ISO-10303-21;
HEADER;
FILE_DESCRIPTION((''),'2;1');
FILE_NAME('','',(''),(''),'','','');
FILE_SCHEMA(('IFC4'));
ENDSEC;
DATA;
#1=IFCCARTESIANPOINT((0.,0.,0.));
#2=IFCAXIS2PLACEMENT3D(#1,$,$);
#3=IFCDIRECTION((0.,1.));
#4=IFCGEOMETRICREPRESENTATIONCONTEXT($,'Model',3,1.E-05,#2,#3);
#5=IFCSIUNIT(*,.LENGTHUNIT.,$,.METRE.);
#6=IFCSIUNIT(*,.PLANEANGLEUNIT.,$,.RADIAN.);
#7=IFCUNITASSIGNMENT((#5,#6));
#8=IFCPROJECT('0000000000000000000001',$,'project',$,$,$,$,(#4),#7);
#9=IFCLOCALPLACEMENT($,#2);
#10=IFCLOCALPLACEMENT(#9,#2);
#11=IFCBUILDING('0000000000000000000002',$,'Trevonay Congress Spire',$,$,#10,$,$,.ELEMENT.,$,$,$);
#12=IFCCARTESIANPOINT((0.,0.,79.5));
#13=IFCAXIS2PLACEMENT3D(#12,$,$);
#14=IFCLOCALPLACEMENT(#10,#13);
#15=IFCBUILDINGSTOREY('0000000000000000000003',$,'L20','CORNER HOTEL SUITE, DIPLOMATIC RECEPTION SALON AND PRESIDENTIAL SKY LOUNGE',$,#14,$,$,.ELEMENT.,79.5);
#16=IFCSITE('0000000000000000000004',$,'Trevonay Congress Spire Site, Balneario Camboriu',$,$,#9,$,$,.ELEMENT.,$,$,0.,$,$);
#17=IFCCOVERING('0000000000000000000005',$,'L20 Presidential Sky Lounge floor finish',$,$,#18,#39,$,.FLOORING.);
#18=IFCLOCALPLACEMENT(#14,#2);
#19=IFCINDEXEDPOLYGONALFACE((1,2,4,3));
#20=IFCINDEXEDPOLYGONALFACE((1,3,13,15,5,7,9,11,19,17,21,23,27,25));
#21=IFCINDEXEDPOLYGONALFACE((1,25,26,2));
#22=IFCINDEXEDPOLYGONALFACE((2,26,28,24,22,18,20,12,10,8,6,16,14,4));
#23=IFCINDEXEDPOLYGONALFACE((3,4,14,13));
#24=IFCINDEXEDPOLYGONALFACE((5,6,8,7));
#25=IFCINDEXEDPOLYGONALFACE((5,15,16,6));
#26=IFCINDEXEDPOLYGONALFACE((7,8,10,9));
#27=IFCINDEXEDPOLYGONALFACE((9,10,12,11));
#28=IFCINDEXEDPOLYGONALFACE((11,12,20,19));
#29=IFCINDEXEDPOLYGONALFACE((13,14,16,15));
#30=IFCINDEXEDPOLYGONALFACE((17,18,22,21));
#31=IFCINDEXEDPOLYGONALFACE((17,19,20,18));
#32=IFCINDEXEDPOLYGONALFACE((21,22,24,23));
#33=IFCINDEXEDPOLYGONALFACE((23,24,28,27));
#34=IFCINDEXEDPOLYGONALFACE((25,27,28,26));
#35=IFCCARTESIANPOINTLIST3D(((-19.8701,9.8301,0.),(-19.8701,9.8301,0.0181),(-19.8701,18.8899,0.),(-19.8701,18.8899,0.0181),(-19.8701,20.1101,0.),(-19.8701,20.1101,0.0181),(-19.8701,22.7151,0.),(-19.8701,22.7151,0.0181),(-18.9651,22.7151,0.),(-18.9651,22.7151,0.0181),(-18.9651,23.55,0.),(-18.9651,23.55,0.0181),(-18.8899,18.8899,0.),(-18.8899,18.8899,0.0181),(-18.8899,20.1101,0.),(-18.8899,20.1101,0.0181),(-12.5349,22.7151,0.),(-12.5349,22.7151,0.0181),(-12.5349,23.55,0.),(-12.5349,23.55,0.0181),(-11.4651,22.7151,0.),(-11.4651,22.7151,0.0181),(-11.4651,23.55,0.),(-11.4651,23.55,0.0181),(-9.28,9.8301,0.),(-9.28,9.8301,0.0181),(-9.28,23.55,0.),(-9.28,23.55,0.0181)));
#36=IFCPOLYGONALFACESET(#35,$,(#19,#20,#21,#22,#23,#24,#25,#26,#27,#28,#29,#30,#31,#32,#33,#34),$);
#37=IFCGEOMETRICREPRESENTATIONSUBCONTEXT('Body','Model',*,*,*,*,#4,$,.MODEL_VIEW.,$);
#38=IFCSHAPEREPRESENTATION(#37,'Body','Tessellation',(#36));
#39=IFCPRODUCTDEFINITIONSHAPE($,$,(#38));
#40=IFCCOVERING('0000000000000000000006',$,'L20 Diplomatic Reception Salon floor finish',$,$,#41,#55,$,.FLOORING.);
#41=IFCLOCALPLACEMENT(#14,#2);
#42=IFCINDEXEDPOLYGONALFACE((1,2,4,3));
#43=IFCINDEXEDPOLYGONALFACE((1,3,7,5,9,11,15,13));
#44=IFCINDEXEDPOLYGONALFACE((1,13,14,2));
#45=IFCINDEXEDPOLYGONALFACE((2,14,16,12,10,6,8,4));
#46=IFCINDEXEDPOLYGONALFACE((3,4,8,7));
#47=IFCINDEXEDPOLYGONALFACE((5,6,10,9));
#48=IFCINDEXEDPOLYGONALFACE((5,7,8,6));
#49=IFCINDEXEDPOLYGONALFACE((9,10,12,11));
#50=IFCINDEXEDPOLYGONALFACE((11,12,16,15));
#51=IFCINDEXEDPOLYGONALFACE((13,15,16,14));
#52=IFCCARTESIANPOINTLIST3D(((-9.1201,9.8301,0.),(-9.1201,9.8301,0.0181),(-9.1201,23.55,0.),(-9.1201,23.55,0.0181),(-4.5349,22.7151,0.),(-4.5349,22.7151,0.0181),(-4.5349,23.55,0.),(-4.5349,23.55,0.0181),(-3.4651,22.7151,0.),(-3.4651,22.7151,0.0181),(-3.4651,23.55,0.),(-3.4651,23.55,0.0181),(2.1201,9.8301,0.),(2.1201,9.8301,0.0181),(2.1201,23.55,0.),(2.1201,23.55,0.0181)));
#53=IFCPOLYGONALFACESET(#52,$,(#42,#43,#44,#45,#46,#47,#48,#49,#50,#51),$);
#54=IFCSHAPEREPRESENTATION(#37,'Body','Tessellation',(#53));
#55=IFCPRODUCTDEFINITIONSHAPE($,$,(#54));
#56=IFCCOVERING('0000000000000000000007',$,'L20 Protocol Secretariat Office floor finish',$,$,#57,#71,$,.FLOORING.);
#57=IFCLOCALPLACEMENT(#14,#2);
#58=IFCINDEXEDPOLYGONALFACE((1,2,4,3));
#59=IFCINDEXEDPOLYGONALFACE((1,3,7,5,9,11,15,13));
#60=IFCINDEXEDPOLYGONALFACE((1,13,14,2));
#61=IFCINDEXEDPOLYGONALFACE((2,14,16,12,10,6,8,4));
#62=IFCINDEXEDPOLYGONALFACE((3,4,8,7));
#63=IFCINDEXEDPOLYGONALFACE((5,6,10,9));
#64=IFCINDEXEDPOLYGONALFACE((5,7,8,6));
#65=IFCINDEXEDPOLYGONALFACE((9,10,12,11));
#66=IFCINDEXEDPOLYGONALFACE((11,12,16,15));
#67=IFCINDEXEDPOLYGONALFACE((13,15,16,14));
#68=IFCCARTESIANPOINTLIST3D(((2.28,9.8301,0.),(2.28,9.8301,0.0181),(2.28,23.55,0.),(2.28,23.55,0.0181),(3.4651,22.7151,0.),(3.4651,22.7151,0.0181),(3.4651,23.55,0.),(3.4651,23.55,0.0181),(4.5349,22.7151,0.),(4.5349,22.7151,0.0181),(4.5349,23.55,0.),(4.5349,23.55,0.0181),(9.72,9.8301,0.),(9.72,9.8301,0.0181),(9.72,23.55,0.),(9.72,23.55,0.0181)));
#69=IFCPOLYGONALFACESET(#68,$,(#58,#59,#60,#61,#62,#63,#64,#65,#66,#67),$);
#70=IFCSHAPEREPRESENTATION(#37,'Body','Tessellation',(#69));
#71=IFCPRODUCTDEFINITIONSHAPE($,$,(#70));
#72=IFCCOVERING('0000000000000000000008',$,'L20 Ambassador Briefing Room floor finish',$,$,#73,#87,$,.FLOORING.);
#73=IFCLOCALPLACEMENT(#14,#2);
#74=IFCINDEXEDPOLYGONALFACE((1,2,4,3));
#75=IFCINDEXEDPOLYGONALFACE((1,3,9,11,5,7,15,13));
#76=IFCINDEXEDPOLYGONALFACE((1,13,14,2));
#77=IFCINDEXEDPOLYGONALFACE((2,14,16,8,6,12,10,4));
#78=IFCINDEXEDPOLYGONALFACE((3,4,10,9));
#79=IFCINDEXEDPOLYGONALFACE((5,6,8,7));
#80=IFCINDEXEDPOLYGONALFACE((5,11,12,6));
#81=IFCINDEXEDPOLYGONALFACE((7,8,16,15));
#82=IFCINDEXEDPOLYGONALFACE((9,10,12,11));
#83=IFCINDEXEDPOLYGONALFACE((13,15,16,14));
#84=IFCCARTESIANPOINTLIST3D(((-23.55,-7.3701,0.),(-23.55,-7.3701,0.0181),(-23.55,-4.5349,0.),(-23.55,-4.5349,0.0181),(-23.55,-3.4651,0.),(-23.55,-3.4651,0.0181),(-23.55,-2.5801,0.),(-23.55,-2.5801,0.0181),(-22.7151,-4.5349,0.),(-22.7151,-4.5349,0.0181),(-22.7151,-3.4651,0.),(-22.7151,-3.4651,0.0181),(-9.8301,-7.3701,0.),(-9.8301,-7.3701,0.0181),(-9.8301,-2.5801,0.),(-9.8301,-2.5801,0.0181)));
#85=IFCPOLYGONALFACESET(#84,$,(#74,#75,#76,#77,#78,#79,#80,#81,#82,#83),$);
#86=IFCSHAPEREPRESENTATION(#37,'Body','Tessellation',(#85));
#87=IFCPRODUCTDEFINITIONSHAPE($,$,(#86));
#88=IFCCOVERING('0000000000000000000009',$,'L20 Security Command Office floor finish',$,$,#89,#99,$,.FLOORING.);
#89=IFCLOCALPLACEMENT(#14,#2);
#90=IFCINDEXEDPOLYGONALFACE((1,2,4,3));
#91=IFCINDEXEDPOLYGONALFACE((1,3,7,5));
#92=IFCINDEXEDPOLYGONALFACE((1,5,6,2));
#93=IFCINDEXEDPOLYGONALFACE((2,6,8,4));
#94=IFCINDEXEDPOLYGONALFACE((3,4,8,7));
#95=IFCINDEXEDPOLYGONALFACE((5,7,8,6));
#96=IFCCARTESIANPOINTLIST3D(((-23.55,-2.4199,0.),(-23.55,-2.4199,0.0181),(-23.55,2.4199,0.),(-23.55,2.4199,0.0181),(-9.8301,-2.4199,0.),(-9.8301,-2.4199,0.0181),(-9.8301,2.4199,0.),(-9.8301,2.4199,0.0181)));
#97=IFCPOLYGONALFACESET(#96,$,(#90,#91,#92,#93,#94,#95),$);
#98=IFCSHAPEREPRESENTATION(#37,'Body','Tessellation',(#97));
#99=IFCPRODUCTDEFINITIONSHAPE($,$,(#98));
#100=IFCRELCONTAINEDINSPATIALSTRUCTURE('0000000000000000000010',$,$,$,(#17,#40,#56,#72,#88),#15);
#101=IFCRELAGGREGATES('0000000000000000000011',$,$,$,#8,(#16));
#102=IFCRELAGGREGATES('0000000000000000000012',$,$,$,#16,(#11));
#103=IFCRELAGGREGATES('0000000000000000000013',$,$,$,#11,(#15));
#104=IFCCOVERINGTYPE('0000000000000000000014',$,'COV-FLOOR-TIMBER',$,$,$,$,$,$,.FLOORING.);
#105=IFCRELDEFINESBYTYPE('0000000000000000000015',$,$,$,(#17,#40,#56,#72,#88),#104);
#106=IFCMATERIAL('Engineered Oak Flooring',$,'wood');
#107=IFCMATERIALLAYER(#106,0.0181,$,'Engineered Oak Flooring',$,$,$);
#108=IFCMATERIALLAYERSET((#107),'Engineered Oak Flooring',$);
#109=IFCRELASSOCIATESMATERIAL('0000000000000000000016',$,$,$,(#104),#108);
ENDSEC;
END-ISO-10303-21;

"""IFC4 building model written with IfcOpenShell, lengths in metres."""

from ifc_helpers import new_model, si_unit, direction, frame, origin, place, context, subcontext, project, spatial, polyline, outline, extrude, material, layer, layer_set, type_object, element, save


model = new_model("IFC4")

# Units and contexts
model_context = context("Model", 3, precision=1e-05, world=origin(), true_north=direction((0.0, 1.0)))
body_context = subcontext(model_context, "Body", "Model", "MODEL_VIEW")
ifc_project = project(units=[si_unit("LENGTHUNIT", "METRE"), si_unit("PLANEANGLEUNIT", "RADIAN")], contexts=[model_context])

# Site, building, storey
site_placement = place(None, origin())
site = spatial("IfcSite", under=ifc_project, at=site_placement, Name="Trevonay Congress Spire Site, Balneario Camboriu", CompositionType="ELEMENT", RefElevation=0.0)
building_placement = place(site_placement, origin())
building = spatial("IfcBuilding", under=site, at=building_placement, Name="Trevonay Congress Spire", CompositionType="ELEMENT")
storey_placement = place(building_placement, frame((0.0, 0.0, 79.5)))
storey = spatial("IfcBuildingStorey", under=building, at=storey_placement, Name="L20", Description="CORNER HOTEL SUITE, DIPLOMATIC RECEPTION SALON AND PRESIDENTIAL SKY LOUNGE", CompositionType="ELEMENT", Elevation=79.5)

# Coverings
ifc_material_1 = material(Name="Engineered Oak Flooring", Category="wood")
ifc_layer_1 = layer(ifc_material_1, 0.0181, Name="Engineered Oak Flooring")
ifc_layer_set_1 = layer_set([ifc_layer_1], Name="Engineered Oak Flooring")
covering_type_1 = type_object("IfcCoveringType", Name="COV-FLOOR-TIMBER", PredefinedType="FLOORING", material=ifc_layer_set_1)
covering_1_placement = place(storey_placement, origin())
element("IfcCovering", 1, at=covering_1_placement, inside=storey, type_object=covering_type_1, Name="L20 Presidential Sky Lounge floor finish", PredefinedType="FLOORING", context=body_context, shape_type="SweptSolid", body=[
    extrude(outline(polyline([(-9.28, 23.55), (-9.28, 9.8301), (-19.8701, 9.8301), (-19.8701, 18.8899), (-18.8899, 18.8899), (-18.8899, 20.1101), (-19.8701, 20.1101), (-19.8701, 22.7151), (-18.9651, 22.7151), (-18.9651, 23.55), (-12.5349, 23.55), (-12.5349, 22.7151), (-11.4651, 22.7151), (-11.4651, 23.55), (-9.28, 23.55)])), origin(), (0.0, 0.0, 1.0), 0.0181),
])
covering_2_placement = place(storey_placement, origin())
element("IfcCovering", 2, at=covering_2_placement, inside=storey, type_object=covering_type_1, Name="L20 Diplomatic Reception Salon floor finish", PredefinedType="FLOORING", context=body_context, shape_type="SweptSolid", body=[
    extrude(outline(polyline([(2.1201, 23.55), (2.1201, 9.8301), (-9.1201, 9.8301), (-9.1201, 23.55), (-4.5349, 23.55), (-4.5349, 22.7151), (-3.4651, 22.7151), (-3.4651, 23.55), (2.1201, 23.55)])), origin(), (0.0, 0.0, 1.0), 0.0181),
])
covering_3_placement = place(storey_placement, origin())
element("IfcCovering", 3, at=covering_3_placement, inside=storey, type_object=covering_type_1, Name="L20 Protocol Secretariat Office floor finish", PredefinedType="FLOORING", context=body_context, shape_type="SweptSolid", body=[
    extrude(outline(polyline([(9.72, 23.55), (9.72, 9.8301), (2.28, 9.8301), (2.28, 23.55), (3.4651, 23.55), (3.4651, 22.7151), (4.5349, 22.7151), (4.5349, 23.55), (9.72, 23.55)])), origin(), (0.0, 0.0, 1.0), 0.0181),
])
covering_4_placement = place(storey_placement, origin())
element("IfcCovering", 4, at=covering_4_placement, inside=storey, type_object=covering_type_1, Name="L20 Ambassador Briefing Room floor finish", PredefinedType="FLOORING", context=body_context, shape_type="SweptSolid", body=[
    extrude(outline(polyline([(-23.55, -2.5801), (-9.8301, -2.5801), (-9.8301, -7.3701), (-23.55, -7.3701), (-23.55, -4.5349), (-22.7151, -4.5349), (-22.7151, -3.4651), (-23.55, -3.4651), (-23.55, -2.5801)])), origin(), (0.0, 0.0, 1.0), 0.0181),
])
covering_5_placement = place(storey_placement, origin())
element("IfcCovering", 5, at=covering_5_placement, inside=storey, type_object=covering_type_1, Name="L20 Security Command Office floor finish", PredefinedType="FLOORING", context=body_context, shape_type="SweptSolid", body=[
    extrude(outline(polyline([(-23.55, -2.4199), (-9.8301, -2.4199), (-9.8301, 2.4199), (-23.55, 2.4199), (-23.55, -2.4199)])), origin(), (0.0, 0.0, 1.0), 0.0181),
])

save(model, "model.ifc")
